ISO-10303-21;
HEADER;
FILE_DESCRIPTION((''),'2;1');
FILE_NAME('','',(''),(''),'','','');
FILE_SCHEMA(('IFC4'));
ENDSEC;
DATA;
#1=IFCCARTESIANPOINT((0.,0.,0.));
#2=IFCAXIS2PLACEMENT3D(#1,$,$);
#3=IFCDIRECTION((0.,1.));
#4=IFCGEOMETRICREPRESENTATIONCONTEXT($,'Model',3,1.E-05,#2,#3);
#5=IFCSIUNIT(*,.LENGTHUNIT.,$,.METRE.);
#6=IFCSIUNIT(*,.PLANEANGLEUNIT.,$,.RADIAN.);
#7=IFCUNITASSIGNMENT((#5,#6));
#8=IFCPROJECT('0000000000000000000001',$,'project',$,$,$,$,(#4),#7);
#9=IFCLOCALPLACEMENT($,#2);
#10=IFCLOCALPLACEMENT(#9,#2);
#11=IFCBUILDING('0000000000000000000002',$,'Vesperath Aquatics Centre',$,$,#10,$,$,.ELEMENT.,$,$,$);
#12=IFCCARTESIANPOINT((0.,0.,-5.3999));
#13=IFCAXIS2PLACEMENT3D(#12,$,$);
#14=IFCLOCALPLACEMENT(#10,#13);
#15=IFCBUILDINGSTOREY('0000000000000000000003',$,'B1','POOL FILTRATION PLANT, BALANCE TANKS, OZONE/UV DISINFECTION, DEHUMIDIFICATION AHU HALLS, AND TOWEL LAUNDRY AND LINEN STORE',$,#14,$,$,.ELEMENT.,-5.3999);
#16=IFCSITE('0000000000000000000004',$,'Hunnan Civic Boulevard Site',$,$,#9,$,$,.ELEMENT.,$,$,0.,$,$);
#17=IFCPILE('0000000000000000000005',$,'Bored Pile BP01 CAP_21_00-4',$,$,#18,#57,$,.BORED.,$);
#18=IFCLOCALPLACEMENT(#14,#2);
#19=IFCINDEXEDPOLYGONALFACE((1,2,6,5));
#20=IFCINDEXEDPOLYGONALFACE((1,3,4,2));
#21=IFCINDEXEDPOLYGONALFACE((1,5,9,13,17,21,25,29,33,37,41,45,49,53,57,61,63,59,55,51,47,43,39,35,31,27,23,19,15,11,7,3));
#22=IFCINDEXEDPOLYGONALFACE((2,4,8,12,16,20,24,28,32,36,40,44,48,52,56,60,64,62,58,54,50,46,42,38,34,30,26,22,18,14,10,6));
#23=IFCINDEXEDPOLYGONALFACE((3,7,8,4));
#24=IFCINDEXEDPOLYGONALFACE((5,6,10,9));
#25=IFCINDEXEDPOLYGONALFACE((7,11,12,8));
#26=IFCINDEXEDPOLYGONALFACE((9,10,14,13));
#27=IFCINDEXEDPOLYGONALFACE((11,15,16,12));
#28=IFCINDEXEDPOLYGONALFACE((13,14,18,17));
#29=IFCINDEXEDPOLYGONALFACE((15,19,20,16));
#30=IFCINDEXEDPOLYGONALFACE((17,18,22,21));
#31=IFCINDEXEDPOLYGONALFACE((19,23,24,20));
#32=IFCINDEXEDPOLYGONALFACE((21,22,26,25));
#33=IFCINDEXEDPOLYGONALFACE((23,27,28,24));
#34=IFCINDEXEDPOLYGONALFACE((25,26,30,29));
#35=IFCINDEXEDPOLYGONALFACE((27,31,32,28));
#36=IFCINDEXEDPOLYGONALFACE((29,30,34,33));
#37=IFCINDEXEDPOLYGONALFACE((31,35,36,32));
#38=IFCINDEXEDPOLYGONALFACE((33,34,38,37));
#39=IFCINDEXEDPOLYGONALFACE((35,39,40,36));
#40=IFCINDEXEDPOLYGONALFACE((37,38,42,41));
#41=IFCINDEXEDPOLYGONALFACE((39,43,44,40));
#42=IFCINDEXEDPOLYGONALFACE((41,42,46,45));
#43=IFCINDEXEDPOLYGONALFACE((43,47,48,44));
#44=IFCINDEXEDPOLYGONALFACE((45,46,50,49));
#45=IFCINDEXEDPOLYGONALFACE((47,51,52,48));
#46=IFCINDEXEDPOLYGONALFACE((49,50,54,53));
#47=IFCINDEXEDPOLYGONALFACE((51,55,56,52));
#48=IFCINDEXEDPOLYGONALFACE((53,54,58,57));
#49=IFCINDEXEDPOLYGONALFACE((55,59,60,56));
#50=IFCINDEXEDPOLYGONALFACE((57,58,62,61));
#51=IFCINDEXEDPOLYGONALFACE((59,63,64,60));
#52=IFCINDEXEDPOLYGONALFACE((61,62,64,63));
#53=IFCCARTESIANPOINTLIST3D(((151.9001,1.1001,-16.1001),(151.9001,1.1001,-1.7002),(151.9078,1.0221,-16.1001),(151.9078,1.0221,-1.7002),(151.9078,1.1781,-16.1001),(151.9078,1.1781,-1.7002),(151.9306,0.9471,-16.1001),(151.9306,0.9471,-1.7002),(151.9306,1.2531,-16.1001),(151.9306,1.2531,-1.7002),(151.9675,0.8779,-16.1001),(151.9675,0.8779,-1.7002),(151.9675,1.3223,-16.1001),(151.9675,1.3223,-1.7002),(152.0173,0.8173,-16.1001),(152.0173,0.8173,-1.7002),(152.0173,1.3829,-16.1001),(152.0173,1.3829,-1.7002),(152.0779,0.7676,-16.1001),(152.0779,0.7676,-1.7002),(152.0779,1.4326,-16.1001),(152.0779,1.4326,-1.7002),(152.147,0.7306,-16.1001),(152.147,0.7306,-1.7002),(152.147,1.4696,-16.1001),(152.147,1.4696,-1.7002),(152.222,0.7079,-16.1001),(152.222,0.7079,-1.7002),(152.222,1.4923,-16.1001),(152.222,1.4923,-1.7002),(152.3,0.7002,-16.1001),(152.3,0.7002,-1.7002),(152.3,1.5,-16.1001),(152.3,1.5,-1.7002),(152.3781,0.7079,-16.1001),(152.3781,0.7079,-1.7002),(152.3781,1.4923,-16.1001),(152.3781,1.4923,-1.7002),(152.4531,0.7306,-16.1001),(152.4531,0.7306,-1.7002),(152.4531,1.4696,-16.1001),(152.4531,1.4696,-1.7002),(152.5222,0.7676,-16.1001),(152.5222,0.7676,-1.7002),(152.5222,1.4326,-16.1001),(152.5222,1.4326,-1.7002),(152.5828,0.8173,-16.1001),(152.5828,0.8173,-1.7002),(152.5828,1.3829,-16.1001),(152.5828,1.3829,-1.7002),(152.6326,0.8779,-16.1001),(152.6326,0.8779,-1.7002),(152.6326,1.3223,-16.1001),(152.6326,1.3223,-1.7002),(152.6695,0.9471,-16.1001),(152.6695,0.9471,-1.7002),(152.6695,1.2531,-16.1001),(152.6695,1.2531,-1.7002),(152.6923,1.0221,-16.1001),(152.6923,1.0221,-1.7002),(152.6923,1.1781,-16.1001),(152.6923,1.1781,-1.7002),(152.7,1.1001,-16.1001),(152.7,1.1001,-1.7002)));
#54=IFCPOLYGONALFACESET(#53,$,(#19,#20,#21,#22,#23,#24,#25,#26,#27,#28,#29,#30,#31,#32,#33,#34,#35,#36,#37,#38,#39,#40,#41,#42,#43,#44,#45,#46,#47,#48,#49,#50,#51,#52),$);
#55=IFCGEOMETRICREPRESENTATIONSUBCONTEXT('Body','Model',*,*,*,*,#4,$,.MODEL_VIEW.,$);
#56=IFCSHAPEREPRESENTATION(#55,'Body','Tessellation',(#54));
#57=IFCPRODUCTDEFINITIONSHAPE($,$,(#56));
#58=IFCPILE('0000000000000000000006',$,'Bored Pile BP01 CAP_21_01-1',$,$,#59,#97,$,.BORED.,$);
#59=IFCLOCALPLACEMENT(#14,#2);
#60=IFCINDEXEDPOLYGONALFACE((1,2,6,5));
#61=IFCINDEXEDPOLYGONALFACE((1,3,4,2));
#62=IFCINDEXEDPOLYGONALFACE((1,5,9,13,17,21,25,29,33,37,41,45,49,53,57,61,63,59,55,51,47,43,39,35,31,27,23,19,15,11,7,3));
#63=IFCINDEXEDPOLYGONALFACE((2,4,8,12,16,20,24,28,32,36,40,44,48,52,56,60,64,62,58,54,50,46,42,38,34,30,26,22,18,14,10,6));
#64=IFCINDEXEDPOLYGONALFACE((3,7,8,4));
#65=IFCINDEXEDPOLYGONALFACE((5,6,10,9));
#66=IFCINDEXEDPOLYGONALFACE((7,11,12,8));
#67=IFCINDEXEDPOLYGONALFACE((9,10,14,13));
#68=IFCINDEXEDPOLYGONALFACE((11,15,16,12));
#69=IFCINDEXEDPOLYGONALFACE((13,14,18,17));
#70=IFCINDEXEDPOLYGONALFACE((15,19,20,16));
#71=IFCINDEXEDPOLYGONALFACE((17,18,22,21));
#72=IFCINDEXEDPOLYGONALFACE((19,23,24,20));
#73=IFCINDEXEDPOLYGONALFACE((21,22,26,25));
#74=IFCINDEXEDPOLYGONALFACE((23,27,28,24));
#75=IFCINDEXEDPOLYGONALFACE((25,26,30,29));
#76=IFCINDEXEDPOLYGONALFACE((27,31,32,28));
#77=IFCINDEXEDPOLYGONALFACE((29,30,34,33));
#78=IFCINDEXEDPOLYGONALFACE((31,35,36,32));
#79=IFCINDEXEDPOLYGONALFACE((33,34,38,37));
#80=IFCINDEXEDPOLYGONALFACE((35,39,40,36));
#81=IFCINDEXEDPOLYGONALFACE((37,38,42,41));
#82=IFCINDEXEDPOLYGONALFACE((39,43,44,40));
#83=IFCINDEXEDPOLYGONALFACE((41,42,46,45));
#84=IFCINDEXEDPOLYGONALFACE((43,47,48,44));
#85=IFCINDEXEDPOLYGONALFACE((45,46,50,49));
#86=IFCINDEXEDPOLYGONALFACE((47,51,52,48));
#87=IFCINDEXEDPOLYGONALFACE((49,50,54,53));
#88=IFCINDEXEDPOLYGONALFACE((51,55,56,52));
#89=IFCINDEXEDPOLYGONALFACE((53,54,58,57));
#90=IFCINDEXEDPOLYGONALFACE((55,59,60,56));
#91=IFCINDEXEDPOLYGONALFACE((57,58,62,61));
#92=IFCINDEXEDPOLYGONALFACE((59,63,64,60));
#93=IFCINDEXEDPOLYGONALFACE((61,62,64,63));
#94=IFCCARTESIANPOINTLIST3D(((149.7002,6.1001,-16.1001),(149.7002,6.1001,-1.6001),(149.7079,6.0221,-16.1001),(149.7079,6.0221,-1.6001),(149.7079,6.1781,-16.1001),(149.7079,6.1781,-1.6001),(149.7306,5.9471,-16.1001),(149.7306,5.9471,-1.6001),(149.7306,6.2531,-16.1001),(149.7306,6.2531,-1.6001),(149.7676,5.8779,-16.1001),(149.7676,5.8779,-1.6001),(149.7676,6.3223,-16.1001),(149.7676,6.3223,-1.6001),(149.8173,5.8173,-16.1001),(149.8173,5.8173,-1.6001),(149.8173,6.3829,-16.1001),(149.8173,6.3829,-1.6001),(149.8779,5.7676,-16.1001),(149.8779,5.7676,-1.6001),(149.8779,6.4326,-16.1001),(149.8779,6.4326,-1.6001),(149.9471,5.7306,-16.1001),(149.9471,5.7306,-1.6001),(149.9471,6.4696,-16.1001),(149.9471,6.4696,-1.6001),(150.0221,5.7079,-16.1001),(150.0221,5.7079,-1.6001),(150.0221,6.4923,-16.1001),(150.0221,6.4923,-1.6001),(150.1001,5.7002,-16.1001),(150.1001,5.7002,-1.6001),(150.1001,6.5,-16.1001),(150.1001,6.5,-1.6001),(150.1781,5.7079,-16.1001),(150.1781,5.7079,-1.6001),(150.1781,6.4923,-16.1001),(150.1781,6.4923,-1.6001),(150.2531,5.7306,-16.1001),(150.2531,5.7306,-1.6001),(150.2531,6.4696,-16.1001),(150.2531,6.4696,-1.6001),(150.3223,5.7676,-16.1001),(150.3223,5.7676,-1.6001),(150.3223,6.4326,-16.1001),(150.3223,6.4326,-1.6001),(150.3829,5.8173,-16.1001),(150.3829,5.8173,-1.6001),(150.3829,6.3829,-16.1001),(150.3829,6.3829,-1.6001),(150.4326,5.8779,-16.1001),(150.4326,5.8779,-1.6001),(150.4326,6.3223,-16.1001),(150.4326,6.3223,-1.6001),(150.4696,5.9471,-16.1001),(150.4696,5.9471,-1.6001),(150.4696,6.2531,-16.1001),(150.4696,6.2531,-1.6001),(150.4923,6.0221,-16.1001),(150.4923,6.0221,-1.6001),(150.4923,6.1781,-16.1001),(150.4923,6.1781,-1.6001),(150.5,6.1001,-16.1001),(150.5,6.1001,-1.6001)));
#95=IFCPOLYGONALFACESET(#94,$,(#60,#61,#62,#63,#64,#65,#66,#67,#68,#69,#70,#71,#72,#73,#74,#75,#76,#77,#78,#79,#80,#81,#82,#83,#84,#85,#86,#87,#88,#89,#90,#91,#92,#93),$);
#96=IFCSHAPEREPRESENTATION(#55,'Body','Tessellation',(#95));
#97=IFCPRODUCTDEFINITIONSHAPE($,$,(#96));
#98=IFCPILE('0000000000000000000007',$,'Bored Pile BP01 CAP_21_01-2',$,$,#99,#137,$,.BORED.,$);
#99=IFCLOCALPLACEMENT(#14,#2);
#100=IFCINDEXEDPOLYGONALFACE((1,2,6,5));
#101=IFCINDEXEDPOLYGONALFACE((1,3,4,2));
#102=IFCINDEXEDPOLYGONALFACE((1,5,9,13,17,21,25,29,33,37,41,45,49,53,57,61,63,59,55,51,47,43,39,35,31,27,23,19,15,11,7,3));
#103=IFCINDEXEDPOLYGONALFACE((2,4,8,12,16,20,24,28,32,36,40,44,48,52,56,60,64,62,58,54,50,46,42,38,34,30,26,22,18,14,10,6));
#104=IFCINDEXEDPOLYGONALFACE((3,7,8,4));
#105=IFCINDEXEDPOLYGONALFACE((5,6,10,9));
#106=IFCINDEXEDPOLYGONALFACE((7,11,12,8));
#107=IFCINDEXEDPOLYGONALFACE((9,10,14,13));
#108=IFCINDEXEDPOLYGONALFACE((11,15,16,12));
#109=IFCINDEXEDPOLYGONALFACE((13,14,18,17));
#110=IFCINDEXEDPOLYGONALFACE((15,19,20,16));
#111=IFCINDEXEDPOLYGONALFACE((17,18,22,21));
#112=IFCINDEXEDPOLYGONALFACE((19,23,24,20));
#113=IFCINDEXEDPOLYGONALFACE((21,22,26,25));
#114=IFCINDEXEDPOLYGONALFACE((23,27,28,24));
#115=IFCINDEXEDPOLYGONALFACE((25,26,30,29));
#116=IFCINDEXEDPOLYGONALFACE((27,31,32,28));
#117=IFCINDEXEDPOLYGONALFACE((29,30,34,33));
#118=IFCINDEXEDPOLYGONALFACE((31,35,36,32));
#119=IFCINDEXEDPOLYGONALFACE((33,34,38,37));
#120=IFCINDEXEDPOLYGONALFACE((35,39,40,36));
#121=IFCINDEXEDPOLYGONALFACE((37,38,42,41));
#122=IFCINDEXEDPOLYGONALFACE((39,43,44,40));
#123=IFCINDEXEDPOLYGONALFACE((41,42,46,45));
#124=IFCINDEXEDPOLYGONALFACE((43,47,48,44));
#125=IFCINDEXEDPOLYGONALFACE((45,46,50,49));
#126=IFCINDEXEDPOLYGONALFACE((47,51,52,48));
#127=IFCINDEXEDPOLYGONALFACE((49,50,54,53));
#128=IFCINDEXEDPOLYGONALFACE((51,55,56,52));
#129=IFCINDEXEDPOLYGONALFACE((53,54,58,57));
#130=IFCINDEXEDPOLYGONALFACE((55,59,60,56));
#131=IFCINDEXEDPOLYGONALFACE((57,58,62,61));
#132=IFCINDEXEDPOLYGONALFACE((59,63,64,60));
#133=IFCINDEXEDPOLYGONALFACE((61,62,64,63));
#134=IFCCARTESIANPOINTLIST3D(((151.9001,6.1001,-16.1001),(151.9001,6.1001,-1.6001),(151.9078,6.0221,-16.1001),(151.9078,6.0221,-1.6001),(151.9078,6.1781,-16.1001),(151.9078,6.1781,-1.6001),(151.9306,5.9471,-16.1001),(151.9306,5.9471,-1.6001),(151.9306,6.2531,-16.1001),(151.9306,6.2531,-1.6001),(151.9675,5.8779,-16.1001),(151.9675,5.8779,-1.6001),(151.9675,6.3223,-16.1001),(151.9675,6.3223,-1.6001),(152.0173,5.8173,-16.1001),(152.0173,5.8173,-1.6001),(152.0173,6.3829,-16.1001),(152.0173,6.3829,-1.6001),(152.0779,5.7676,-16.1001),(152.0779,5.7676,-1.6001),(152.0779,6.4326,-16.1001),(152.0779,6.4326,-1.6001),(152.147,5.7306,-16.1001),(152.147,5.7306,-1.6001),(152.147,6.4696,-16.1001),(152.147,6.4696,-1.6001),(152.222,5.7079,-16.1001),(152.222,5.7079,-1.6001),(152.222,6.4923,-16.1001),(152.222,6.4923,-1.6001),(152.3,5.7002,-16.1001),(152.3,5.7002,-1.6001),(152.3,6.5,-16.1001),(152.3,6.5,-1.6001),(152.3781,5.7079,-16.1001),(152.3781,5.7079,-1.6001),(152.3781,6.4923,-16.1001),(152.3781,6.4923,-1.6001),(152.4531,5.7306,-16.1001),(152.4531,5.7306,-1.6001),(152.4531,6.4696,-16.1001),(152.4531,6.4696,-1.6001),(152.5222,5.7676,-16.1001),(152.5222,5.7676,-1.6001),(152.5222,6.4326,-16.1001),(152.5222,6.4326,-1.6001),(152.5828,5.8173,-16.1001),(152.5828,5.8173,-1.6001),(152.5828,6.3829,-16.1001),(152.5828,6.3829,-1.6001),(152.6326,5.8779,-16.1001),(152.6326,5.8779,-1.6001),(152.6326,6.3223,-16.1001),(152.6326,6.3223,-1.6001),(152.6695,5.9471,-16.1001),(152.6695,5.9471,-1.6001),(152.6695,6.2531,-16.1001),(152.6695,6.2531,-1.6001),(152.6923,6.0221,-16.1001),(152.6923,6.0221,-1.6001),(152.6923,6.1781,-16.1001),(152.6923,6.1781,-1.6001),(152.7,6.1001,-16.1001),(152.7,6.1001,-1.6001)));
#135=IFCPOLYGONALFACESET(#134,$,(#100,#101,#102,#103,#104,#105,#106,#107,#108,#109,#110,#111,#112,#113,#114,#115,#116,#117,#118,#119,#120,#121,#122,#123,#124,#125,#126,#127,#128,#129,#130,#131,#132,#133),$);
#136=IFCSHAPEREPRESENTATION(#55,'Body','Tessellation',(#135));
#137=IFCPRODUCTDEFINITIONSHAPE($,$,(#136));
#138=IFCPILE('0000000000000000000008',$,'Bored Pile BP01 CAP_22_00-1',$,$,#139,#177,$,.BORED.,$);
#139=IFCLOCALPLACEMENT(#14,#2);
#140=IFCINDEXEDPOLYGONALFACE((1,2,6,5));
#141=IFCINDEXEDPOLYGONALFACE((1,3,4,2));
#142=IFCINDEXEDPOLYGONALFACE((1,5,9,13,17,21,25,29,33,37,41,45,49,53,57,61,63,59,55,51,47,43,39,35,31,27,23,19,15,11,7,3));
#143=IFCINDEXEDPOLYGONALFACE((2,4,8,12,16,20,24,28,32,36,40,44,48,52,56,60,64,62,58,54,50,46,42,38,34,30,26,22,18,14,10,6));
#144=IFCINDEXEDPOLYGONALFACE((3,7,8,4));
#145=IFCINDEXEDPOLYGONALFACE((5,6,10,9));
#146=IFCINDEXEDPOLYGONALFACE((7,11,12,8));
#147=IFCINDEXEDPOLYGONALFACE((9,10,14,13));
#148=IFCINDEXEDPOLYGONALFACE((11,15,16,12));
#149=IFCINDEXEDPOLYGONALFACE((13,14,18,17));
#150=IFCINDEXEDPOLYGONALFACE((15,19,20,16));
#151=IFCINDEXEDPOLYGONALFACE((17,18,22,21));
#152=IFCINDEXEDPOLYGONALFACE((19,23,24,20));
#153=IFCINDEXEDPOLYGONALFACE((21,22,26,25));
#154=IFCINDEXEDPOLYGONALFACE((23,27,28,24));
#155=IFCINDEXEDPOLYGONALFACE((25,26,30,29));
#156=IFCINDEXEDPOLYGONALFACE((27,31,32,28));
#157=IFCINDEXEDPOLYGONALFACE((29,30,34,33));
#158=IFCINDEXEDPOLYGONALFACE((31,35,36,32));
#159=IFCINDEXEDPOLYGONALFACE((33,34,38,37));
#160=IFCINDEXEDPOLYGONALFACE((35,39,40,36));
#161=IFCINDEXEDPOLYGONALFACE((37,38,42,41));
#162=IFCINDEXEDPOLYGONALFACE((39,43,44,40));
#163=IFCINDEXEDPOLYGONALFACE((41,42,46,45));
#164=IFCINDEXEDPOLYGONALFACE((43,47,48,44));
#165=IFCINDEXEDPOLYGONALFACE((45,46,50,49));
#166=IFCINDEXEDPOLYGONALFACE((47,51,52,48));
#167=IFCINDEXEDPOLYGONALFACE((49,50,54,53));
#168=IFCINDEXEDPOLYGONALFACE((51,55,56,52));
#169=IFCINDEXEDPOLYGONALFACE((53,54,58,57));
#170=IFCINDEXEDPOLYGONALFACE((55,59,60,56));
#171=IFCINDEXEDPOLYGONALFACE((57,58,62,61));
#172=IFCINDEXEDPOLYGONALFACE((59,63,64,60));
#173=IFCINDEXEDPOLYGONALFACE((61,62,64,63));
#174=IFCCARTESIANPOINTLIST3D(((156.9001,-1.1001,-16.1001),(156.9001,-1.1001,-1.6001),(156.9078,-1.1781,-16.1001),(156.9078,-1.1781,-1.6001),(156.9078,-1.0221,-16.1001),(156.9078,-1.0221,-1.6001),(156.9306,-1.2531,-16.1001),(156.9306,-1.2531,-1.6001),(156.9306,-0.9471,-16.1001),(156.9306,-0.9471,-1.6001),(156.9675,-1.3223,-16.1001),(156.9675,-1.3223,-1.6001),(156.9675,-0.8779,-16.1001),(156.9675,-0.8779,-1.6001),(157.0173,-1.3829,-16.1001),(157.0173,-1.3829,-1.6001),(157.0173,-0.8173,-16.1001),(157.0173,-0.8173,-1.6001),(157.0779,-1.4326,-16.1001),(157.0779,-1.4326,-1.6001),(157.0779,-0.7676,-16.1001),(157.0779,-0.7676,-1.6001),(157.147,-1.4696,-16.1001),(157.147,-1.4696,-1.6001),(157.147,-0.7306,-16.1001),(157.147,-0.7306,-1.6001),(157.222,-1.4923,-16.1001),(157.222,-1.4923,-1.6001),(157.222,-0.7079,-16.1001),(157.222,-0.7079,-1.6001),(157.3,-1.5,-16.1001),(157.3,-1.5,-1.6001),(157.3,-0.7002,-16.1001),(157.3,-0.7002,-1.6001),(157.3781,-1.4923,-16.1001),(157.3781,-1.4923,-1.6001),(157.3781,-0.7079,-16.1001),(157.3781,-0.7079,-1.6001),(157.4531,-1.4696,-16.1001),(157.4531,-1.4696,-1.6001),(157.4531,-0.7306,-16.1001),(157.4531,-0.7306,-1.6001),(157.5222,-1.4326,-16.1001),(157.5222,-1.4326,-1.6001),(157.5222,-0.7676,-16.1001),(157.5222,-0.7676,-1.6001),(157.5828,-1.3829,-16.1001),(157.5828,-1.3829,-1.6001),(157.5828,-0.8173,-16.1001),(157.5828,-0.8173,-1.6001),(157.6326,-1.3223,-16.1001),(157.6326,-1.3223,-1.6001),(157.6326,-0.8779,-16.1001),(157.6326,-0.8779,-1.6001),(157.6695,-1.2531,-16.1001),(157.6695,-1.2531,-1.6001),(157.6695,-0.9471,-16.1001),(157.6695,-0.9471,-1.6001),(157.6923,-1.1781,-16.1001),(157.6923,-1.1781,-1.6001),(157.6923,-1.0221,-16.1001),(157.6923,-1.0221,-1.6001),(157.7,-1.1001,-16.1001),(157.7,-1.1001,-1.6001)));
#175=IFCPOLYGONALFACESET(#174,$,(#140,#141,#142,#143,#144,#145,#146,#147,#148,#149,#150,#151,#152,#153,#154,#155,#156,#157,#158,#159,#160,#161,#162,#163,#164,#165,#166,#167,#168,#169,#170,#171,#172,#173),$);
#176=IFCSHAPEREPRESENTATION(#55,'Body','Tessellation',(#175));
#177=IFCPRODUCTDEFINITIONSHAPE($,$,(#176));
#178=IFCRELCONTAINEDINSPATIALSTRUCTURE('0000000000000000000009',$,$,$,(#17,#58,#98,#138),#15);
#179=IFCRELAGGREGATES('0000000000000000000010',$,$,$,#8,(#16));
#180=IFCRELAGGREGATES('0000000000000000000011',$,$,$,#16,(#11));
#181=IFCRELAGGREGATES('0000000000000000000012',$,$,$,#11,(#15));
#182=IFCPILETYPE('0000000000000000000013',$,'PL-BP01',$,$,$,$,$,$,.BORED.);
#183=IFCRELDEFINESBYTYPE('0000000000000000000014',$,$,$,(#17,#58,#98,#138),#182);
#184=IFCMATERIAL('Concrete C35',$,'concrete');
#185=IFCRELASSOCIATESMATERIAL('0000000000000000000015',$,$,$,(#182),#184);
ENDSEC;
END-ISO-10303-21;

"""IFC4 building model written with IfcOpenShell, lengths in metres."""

from ifc_helpers import new_model, si_unit, direction, frame, origin, origin_2d, place, context, subcontext, project, spatial, circle, extrude, material, material_profile, profile_set, type_object, element, save


model = new_model("IFC4")

# Units and contexts
model_context = context("Model", 3, precision=1e-05, world=origin(), true_north=direction((0.0, 1.0)))
body_context = subcontext(model_context, "Body", "Model", "MODEL_VIEW")
ifc_project = project(units=[si_unit("LENGTHUNIT", "METRE"), si_unit("PLANEANGLEUNIT", "RADIAN")], contexts=[model_context])

# Site, building, storey
site_placement = place(None, origin())
site = spatial("IfcSite", under=ifc_project, at=site_placement, Name="Hunnan Civic Boulevard Site", CompositionType="ELEMENT", RefElevation=0.0)
building_placement = place(site_placement, origin())
building = spatial("IfcBuilding", under=site, at=building_placement, Name="Vesperath Aquatics Centre", CompositionType="ELEMENT")
storey_placement = place(building_placement, frame((0.0, 0.0, -5.3999)))
storey = spatial("IfcBuildingStorey", under=building, at=storey_placement, Name="B1", Description="POOL FILTRATION PLANT, BALANCE TANKS, OZONE/UV DISINFECTION, DEHUMIDIFICATION AHU HALLS, AND TOWEL LAUNDRY AND LINEN STORE", CompositionType="ELEMENT", Elevation=-5.3999)

# Piles
ifc_material_1 = material(Name="Concrete C35", Category="concrete")
ifc_material_profile_1 = material_profile(ifc_material_1, circle(Radius=0.3999, at=origin_2d()), Name="PILE D800")
ifc_profile_set_1 = profile_set([ifc_material_profile_1], Name="Concrete C35")
pile_type = type_object("IfcPileType", Name="PL-BP01", PredefinedType="BORED", material=ifc_profile_set_1)
for number, where, z_axis, x_axis, name in (
    (1, (152.3, 1.1001, -1.7002), (0.0, 0.0, -1.0), (1.0, 0.0, 0.0), "Bored Pile BP01 CAP_21_00-4"),
):
    element("IfcPile", number, at=place(storey_placement, frame(where, z_axis=z_axis, x_axis=x_axis)), inside=storey, type_object=pile_type, Name=name, PredefinedType="BORED", context=body_context, shape_type="SweptSolid", body=[
        extrude(circle(Radius=0.3999, at=origin_2d()), origin(), (0.0, 0.0, 1.0), 14.3999),
    ])
for number, where, z_axis, x_axis, name in (
    (2, (150.1001, 6.1001, -1.6001), (0.0, 0.0, -1.0), (1.0, 0.0, 0.0), "Bored Pile BP01 CAP_21_01-1"),
    (3, (152.3, 6.1001, -1.6001), (0.0, 0.0, -1.0), (1.0, 0.0, 0.0), "Bored Pile BP01 CAP_21_01-2"),
    (4, (157.3, -1.1001, -1.6001), (0.0, 0.0, -1.0), (1.0, 0.0, 0.0), "Bored Pile BP01 CAP_22_00-1"),
):
    element("IfcPile", number, at=place(storey_placement, frame(where, z_axis=z_axis, x_axis=x_axis)), inside=storey, type_object=pile_type, Name=name, PredefinedType="BORED", context=body_context, shape_type="SweptSolid", body=[
        extrude(circle(Radius=0.3999, at=origin_2d()), origin(), (0.0, 0.0, 1.0), 14.5),
    ])

save(model, "model.ifc")
